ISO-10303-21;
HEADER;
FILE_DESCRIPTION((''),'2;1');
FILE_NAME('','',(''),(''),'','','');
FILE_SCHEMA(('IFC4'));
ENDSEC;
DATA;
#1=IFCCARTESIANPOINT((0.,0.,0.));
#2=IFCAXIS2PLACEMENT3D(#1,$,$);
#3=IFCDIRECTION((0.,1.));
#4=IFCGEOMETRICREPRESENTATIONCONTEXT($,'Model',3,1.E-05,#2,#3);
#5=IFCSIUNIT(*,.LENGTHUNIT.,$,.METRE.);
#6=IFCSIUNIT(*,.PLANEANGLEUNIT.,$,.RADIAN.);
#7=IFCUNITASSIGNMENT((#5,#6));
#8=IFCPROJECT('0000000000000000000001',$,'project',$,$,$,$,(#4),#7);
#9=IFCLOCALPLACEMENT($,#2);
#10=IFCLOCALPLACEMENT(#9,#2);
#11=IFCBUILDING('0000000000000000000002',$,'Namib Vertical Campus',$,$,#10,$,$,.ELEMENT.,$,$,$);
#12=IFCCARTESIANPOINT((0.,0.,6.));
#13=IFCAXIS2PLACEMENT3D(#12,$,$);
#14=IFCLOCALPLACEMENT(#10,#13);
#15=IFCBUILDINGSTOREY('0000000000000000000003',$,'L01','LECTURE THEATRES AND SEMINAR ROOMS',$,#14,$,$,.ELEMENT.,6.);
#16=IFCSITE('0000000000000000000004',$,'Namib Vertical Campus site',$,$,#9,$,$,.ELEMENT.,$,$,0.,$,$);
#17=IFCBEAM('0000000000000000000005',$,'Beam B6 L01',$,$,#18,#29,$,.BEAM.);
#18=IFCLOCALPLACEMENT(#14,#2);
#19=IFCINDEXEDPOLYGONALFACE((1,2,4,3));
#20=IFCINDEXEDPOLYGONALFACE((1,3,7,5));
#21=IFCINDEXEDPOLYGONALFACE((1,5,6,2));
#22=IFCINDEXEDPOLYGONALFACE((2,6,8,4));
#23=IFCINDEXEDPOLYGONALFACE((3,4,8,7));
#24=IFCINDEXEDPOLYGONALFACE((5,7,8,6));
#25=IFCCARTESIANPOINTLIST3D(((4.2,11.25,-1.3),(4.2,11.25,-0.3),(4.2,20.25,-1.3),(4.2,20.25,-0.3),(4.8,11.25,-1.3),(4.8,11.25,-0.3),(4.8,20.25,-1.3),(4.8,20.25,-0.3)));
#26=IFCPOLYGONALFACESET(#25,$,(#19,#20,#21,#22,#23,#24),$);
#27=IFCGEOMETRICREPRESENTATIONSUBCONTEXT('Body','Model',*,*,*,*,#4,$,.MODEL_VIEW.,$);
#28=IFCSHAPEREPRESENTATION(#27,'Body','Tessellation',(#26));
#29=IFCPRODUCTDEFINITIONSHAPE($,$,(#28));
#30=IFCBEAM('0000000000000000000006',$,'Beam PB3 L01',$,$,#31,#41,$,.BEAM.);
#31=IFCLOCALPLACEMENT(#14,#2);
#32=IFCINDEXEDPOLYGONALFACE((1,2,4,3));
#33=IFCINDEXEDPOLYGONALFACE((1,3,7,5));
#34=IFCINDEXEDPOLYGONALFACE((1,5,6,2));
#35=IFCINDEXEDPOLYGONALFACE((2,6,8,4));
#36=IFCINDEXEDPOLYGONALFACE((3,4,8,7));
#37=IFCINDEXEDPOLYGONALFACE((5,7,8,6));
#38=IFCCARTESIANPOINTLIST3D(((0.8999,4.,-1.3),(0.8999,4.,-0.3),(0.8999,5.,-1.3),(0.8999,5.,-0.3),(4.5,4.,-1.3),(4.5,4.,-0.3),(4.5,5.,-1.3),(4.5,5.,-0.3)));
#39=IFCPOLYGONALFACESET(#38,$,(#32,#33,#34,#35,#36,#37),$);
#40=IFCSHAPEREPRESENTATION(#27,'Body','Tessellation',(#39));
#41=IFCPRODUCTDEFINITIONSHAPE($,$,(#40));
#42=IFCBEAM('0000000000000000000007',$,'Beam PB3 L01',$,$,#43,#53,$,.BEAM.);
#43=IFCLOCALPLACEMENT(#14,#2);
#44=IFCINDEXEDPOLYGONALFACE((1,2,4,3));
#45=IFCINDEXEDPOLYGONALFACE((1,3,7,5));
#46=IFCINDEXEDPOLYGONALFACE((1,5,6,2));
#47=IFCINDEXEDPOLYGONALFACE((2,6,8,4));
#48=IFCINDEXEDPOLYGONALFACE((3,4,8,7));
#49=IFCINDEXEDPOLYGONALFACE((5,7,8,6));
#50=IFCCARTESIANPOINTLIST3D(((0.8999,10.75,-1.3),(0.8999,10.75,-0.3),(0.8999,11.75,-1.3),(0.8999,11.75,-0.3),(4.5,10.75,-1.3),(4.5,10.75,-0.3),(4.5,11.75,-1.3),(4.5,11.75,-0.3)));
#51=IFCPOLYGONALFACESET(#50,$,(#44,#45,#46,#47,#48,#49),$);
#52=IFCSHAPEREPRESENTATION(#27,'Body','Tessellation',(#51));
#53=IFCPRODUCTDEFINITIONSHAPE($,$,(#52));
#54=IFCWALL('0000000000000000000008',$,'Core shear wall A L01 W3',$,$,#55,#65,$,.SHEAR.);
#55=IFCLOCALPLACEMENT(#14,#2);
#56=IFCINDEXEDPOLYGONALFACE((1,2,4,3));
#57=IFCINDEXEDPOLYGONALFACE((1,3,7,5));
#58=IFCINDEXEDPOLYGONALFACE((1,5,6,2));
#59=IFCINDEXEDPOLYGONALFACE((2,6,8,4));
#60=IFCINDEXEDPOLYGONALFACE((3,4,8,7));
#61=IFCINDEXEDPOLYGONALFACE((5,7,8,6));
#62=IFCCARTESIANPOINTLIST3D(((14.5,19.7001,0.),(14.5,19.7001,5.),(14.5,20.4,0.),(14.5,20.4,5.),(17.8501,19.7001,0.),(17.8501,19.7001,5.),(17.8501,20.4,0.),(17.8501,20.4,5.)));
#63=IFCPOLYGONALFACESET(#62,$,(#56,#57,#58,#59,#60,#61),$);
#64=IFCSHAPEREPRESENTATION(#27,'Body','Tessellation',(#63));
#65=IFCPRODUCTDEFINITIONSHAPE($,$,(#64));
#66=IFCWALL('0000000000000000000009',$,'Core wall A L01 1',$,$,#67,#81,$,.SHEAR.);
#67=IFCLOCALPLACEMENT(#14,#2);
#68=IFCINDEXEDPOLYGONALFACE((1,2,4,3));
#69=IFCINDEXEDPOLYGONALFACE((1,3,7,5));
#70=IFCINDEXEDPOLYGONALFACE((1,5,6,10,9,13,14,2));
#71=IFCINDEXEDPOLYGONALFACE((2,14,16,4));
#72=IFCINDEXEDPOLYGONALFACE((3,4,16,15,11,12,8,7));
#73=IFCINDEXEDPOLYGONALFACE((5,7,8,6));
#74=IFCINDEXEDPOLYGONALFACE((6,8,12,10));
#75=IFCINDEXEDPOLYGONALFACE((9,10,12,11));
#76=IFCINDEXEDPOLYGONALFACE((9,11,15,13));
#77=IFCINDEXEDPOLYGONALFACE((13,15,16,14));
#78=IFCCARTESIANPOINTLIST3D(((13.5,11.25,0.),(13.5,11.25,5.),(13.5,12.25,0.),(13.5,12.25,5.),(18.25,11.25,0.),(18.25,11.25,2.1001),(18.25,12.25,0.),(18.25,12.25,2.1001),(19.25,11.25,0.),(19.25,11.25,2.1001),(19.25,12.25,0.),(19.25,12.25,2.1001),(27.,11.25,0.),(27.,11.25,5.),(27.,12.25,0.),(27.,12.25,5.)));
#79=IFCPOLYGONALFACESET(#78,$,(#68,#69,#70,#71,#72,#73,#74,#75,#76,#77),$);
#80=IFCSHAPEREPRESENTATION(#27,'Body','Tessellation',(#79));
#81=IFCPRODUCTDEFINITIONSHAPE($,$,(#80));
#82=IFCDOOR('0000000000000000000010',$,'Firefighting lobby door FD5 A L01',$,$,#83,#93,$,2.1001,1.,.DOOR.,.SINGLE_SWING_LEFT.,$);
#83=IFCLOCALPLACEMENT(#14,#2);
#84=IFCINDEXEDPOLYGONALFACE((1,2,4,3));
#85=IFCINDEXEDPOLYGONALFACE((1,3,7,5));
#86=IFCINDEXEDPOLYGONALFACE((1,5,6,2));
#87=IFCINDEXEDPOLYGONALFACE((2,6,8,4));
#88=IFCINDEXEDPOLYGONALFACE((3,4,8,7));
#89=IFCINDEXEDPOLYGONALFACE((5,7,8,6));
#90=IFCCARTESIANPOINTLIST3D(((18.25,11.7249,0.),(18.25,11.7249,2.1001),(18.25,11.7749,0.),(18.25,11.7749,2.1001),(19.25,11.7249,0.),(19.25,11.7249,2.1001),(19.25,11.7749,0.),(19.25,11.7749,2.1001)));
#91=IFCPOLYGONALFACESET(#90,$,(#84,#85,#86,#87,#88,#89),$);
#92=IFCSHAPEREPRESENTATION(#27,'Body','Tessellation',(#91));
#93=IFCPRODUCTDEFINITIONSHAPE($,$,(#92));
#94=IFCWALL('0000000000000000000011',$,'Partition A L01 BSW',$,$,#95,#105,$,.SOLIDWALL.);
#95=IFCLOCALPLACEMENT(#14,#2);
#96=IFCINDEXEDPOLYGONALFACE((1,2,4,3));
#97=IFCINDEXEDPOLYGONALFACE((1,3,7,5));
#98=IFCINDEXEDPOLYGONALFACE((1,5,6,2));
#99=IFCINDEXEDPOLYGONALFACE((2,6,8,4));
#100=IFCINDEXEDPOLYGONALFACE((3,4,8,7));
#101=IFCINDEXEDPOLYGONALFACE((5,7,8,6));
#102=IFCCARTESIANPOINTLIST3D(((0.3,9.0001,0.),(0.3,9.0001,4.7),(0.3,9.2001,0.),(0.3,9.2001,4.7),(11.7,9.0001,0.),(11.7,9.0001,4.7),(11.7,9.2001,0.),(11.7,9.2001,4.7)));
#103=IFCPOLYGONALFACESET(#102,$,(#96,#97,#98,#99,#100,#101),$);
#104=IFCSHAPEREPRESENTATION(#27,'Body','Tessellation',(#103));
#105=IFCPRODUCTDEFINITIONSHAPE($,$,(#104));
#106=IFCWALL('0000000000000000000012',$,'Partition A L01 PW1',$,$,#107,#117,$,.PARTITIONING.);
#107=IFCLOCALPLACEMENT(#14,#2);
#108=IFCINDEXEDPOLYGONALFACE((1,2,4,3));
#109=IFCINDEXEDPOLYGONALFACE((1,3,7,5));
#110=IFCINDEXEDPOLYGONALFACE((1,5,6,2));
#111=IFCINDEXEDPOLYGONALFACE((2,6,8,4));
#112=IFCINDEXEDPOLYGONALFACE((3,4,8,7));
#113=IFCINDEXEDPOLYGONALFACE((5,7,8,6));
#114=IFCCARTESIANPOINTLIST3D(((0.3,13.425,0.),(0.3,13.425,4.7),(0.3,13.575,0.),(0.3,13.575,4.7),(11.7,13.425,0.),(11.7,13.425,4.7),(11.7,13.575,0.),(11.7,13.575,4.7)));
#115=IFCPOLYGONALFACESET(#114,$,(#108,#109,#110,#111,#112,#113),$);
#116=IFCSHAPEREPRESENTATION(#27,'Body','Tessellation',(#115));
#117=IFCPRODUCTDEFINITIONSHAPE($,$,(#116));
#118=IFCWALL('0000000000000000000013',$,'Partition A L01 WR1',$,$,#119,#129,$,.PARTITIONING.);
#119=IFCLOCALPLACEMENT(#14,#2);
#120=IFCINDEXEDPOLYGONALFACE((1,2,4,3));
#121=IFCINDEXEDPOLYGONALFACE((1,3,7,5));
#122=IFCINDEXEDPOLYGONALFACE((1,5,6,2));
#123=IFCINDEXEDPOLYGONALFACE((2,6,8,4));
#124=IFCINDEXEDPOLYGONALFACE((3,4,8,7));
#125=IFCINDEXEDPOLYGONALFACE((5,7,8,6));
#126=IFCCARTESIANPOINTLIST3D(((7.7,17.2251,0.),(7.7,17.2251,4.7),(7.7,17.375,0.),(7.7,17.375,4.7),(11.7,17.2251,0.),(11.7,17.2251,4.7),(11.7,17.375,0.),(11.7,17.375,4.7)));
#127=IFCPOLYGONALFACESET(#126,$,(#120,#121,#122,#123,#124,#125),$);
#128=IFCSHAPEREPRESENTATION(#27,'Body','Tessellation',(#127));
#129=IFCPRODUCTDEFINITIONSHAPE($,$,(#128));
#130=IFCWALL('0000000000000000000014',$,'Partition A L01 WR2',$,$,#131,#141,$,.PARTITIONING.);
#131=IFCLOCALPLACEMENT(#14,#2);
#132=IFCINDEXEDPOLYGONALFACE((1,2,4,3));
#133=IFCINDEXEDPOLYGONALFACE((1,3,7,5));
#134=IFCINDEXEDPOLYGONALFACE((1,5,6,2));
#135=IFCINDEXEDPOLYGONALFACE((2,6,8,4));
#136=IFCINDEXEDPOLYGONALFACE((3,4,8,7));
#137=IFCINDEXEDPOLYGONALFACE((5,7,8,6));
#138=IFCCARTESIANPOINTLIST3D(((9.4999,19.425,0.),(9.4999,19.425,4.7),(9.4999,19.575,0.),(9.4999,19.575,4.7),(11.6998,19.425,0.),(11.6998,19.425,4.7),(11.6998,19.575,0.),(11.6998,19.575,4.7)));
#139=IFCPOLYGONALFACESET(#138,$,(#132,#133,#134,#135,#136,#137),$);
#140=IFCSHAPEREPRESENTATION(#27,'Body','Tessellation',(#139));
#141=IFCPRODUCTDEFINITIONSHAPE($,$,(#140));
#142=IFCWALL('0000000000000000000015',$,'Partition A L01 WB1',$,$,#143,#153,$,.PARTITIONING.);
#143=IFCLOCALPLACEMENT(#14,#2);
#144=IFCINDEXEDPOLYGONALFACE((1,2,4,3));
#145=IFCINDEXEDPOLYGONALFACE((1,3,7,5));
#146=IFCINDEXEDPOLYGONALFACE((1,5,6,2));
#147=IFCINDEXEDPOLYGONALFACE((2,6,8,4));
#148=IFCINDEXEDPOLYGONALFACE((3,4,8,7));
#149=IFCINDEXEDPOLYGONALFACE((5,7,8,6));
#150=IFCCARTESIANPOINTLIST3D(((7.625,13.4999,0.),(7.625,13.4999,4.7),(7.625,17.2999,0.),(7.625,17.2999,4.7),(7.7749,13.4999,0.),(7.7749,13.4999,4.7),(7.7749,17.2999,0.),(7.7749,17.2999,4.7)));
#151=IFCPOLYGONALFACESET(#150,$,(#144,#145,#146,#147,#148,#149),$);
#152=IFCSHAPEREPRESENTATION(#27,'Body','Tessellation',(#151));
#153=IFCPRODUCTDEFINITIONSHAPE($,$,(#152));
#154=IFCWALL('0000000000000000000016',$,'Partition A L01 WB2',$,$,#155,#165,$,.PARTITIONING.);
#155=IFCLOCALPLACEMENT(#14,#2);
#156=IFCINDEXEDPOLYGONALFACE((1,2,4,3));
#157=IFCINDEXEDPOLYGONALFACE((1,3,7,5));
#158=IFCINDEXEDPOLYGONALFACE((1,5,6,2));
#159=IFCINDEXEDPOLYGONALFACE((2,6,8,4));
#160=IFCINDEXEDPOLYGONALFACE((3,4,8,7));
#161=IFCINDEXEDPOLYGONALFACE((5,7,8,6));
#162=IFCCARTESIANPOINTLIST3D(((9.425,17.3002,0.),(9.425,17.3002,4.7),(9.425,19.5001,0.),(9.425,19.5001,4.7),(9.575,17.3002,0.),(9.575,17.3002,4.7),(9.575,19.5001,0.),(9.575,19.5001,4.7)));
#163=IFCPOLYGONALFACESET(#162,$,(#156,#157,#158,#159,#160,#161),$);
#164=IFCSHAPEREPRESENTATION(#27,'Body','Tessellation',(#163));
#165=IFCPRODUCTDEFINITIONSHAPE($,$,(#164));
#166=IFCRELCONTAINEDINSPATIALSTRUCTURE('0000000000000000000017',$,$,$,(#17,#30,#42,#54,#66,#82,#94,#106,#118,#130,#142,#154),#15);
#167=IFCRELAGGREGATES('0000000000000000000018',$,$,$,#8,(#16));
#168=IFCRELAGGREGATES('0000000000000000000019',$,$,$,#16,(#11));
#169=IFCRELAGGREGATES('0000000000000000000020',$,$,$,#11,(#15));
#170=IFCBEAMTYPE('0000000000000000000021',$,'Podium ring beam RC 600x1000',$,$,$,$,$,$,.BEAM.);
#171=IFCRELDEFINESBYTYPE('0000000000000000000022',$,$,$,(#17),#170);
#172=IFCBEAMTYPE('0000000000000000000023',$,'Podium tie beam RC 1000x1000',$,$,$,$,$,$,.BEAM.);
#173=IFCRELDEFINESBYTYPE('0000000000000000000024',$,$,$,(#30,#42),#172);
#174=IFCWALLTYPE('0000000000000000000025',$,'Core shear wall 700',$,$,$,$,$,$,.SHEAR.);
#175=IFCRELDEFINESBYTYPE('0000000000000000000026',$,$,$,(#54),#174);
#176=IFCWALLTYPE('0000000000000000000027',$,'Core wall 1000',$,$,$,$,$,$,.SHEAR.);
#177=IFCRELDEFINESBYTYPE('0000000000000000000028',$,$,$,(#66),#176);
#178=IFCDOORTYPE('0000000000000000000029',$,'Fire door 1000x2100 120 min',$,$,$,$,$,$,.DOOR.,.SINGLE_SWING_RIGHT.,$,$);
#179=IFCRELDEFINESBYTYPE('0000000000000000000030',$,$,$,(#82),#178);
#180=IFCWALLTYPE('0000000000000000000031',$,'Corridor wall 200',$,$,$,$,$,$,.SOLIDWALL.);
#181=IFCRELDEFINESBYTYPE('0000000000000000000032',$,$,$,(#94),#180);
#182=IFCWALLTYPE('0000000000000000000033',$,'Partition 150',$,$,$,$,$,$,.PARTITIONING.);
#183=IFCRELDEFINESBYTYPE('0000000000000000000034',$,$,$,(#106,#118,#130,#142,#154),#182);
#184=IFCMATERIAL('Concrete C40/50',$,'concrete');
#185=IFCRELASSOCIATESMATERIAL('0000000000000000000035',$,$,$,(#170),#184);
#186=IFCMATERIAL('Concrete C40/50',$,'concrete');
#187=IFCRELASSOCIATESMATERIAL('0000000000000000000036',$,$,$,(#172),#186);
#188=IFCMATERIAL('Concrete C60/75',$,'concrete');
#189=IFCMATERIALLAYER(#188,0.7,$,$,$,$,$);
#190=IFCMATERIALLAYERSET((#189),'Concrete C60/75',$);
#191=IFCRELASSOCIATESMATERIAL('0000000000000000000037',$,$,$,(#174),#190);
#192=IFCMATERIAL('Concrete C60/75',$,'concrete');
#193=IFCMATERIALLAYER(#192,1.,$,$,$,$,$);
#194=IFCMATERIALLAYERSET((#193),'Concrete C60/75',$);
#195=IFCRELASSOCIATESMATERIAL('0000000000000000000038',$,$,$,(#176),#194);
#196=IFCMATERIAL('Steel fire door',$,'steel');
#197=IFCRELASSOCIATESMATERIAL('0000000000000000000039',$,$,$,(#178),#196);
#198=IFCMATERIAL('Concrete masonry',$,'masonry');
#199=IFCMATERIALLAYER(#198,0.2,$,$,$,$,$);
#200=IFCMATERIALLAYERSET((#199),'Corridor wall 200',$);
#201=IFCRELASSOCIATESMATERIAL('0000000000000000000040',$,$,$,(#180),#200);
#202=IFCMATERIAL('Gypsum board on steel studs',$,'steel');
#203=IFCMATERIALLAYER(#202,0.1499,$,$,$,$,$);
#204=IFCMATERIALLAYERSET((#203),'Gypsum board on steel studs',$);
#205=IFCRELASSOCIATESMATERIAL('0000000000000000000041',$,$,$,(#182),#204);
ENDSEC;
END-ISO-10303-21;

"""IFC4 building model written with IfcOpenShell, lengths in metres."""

from ifc_helpers import new_model, si_unit, direction, frame, frame_2d, origin, origin_2d, place, context, subcontext, project, spatial, rectangle, extrude, material, layer, layer_set, material_profile, profile_set, type_object, element, fill, save


model = new_model("IFC4")

# Units and contexts
model_context = context("Model", 3, precision=1e-05, world=origin(), true_north=direction((0.0, 1.0)))
body_context = subcontext(model_context, "Body", "Model", "MODEL_VIEW")
ifc_project = project(units=[si_unit("LENGTHUNIT", "METRE"), si_unit("PLANEANGLEUNIT", "RADIAN")], contexts=[model_context])

# Site, building, storey
site_placement = place(None, origin())
site = spatial("IfcSite", under=ifc_project, at=site_placement, Name="Namib Vertical Campus site", CompositionType="ELEMENT", RefElevation=0.0)
building_placement = place(site_placement, origin())
building = spatial("IfcBuilding", under=site, at=building_placement, Name="Namib Vertical Campus", CompositionType="ELEMENT")
storey_placement = place(building_placement, frame((0.0, 0.0, 6.0)))
storey = spatial("IfcBuildingStorey", under=building, at=storey_placement, Name="L01", Description="LECTURE THEATRES AND SEMINAR ROOMS", CompositionType="ELEMENT", Elevation=6.0)

# Beams
ifc_material_1 = material(Name="Concrete C40/50", Category="concrete")
ifc_material_profile_1 = material_profile(ifc_material_1, rectangle(XDim=0.6001, YDim=1.0, at=origin_2d()))
ifc_profile_set_1 = profile_set([ifc_material_profile_1], Name="Concrete C40/50")
beam_type_1 = type_object("IfcBeamType", Name="Podium ring beam RC 600x1000", PredefinedType="BEAM", material=ifc_profile_set_1)
beam_1_placement = place(storey_placement, frame((4.5, 11.25, -0.8), z_axis=(0.0, 1.0, 0.0), x_axis=(-1.0, 0.0, 0.0)))
element("IfcBeam", 1, at=beam_1_placement, inside=storey, type_object=beam_type_1, Name="Beam B6 L01", PredefinedType="BEAM", context=body_context, shape_type="SweptSolid", body=[
    extrude(rectangle(XDim=0.6001, YDim=1.0, at=origin_2d()), origin(), (0.0, 0.0, 1.0), 9.0),
])
ifc_material_2 = material(Name="Concrete C40/50", Category="concrete")
ifc_material_profile_2 = material_profile(ifc_material_2, rectangle(XDim=1.0, YDim=1.0, at=origin_2d()))
ifc_profile_set_2 = profile_set([ifc_material_profile_2], Name="Concrete C40/50")
beam_type_2 = type_object("IfcBeamType", Name="Podium tie beam RC 1000x1000", PredefinedType="BEAM", material=ifc_profile_set_2)
for number, where, z_axis, x_axis, name in (
    (2, (0.8999, 4.5, -0.8), (1.0, 0.0, 0.0), (0.0, 1.0, 0.0), "Beam PB3 L01"),
    (3, (0.8999, 11.25, -0.8), (1.0, 0.0, 0.0), (0.0, 1.0, 0.0), "Beam PB3 L01"),
):
    element("IfcBeam", number, at=place(storey_placement, frame(where, z_axis=z_axis, x_axis=x_axis)), inside=storey, type_object=beam_type_2, Name=name, PredefinedType="BEAM", context=body_context, shape_type="SweptSolid", body=[
        extrude(rectangle(XDim=1.0, YDim=1.0, at=origin_2d()), origin(), (0.0, 0.0, 1.0), 3.6001),
    ])

# Wall
ifc_material_3 = material(Name="Concrete C60/75", Category="concrete")
ifc_layer_1 = layer(ifc_material_3, 0.7)
ifc_layer_set_1 = layer_set([ifc_layer_1], Name="Concrete C60/75")
wall_type_1 = type_object("IfcWallType", Name="Core shear wall 700", PredefinedType="SHEAR", material=ifc_layer_set_1)
wall_1_placement = place(storey_placement, frame((14.5, 20.05, 0.0), z_axis=(0.0, 0.0, 1.0), x_axis=(1.0, 0.0, 0.0)))
element("IfcWall", 4, at=wall_1_placement, inside=storey, type_object=wall_type_1, Name="Core shear wall A L01 W3", PredefinedType="SHEAR", context=body_context, shape_type="SweptSolid", body=[
    extrude(rectangle(XDim=3.3501, YDim=0.7, at=frame_2d((1.675, 0.0))), origin(), (0.0, 0.0, 1.0), 5.0),
])

# Wall, opening, door
ifc_material_4 = material(Name="Concrete C60/75", Category="concrete")
ifc_layer_2 = layer(ifc_material_4, 1.0)
ifc_layer_set_2 = layer_set([ifc_layer_2], Name="Concrete C60/75")
wall_type_2 = type_object("IfcWallType", Name="Core wall 1000", PredefinedType="SHEAR", material=ifc_layer_set_2)
wall_2_placement = place(storey_placement, frame((13.5, 11.75, 0.0), z_axis=(0.0, 0.0, 1.0), x_axis=(1.0, 0.0, 0.0)))
wall_2 = element("IfcWall", 5, at=wall_2_placement, inside=storey, type_object=wall_type_2, Name="Core wall A L01 1", PredefinedType="SHEAR", context=body_context, shape_type="SweptSolid", body=[
    extrude(rectangle(XDim=13.5, YDim=1.0, at=frame_2d((6.75, 0.0))), origin(), (0.0, 0.0, 1.0), 5.0),
])
opening_1_placement = place(wall_2_placement, frame((4.75, 0.0, 0.0)))
opening_1 = element("IfcOpeningElement", 6, at=opening_1_placement, cuts=wall_2, PredefinedType="OPENING", context=body_context, shape_type="SweptSolid", body=[
    extrude(rectangle(XDim=1.0, YDim=2.1001, at=frame_2d((0.5, 1.05))), frame((0.0, 0.51, 0.0), z_axis=(0.0, -1.0, 0.0), x_axis=(1.0, 0.0, 0.0)), (0.0, 0.0, 1.0), 1.02),
])
ifc_material_5 = material(Name="Steel fire door", Category="steel")
door_type_1 = type_object("IfcDoorType", Name="Fire door 1000x2100 120 min", OperationType="SINGLE_SWING_RIGHT", PredefinedType="DOOR", material=ifc_material_5)
door_1_placement = place(opening_1_placement, origin())
door_1 = element("IfcDoor", 7, at=door_1_placement, inside=storey, type_object=door_type_1, Name="Firefighting lobby door FD5 A L01", OperationType="SINGLE_SWING_LEFT", OverallHeight=2.1001, OverallWidth=1.0, PredefinedType="DOOR", context=body_context, shape_type="SweptSolid", body=[
    extrude(rectangle(XDim=1.0, YDim=2.1001, at=frame_2d((0.5, 1.05))), frame((0.0, 0.0249, 0.0), z_axis=(0.0, -1.0, 0.0), x_axis=(1.0, 0.0, 0.0)), (0.0, 0.0, 1.0), 0.05),
])
fill(opening_1, door_1)

# Shared definitions
ifc_material_6 = material(Name="Concrete masonry", Category="masonry")
ifc_layer_3 = layer(ifc_material_6, 0.2)
ifc_layer_set_3 = layer_set([ifc_layer_3], Name="Corridor wall 200")
wall_type_3 = type_object("IfcWallType", Name="Corridor wall 200", PredefinedType="SOLIDWALL", material=ifc_layer_set_3)

# Walls
wall_3_placement = place(storey_placement, frame((0.3, 9.1001, 0.0), z_axis=(0.0, 0.0, 1.0), x_axis=(1.0, 0.0, 0.0)))
element("IfcWall", 8, at=wall_3_placement, inside=storey, type_object=wall_type_3, Name="Partition A L01 BSW", PredefinedType="SOLIDWALL", context=body_context, shape_type="SweptSolid", body=[
    extrude(rectangle(XDim=11.3999, YDim=0.2, at=frame_2d((5.7, 0.0))), origin(), (0.0, 0.0, 1.0), 4.7),
])
ifc_material_7 = material(Name="Gypsum board on steel studs", Category="steel")
ifc_layer_4 = layer(ifc_material_7, 0.1499)
ifc_layer_set_4 = layer_set([ifc_layer_4], Name="Gypsum board on steel studs")
wall_type_4 = type_object("IfcWallType", Name="Partition 150", PredefinedType="PARTITIONING", material=ifc_layer_set_4)
wall_4_placement = place(storey_placement, frame((0.3, 13.5, 0.0), z_axis=(0.0, 0.0, 1.0), x_axis=(1.0, 0.0, 0.0)))
element("IfcWall", 9, at=wall_4_placement, inside=storey, type_object=wall_type_4, Name="Partition A L01 PW1", PredefinedType="PARTITIONING", context=body_context, shape_type="SweptSolid", body=[
    extrude(rectangle(XDim=11.3999, YDim=0.1499, at=frame_2d((5.7, 0.0))), origin(), (0.0, 0.0, 1.0), 4.7),
])
wall_5_placement = place(storey_placement, frame((11.7, 17.3, 0.0), z_axis=(0.0, 0.0, 1.0), x_axis=(-1.0, 0.0, 0.0)))
element("IfcWall", 10, at=wall_5_placement, inside=storey, type_object=wall_type_4, Name="Partition A L01 WR1", PredefinedType="PARTITIONING", context=body_context, shape_type="SweptSolid", body=[
    extrude(rectangle(XDim=4.0, YDim=0.1499, at=frame_2d((2.0, 0.0))), origin(), (0.0, 0.0, 1.0), 4.7),
])
wall_6_placement = place(storey_placement, frame((11.7, 19.5, 0.0), z_axis=(0.0, 0.0, 1.0), x_axis=(-1.0, 0.0, 0.0)))
element("IfcWall", 11, at=wall_6_placement, inside=storey, type_object=wall_type_4, Name="Partition A L01 WR2", PredefinedType="PARTITIONING", context=body_context, shape_type="SweptSolid", body=[
    extrude(rectangle(XDim=2.2, YDim=0.1499, at=frame_2d((1.1001, 0.0))), origin(), (0.0, 0.0, 1.0), 4.7),
])
wall_7_placement = place(storey_placement, frame((7.7, 13.5, 0.0), z_axis=(0.0, 0.0, 1.0), x_axis=(0.0, 1.0, 0.0)))
element("IfcWall", 12, at=wall_7_placement, inside=storey, type_object=wall_type_4, Name="Partition A L01 WB1", PredefinedType="PARTITIONING", context=body_context, shape_type="SweptSolid", body=[
    extrude(rectangle(XDim=3.8, YDim=0.1499, at=frame_2d((1.8999, 0.0))), origin(), (0.0, 0.0, 1.0), 4.7),
])
wall_8_placement = place(storey_placement, frame((9.5, 17.3, 0.0), z_axis=(0.0, 0.0, 1.0), x_axis=(0.0, 1.0, 0.0)))
element("IfcWall", 13, at=wall_8_placement, inside=storey, type_object=wall_type_4, Name="Partition A L01 WB2", PredefinedType="PARTITIONING", context=body_context, shape_type="SweptSolid", body=[
    extrude(rectangle(XDim=2.2, YDim=0.1499, at=frame_2d((1.1001, 0.0))), origin(), (0.0, 0.0, 1.0), 4.7),
])

save(model, "model.ifc")
